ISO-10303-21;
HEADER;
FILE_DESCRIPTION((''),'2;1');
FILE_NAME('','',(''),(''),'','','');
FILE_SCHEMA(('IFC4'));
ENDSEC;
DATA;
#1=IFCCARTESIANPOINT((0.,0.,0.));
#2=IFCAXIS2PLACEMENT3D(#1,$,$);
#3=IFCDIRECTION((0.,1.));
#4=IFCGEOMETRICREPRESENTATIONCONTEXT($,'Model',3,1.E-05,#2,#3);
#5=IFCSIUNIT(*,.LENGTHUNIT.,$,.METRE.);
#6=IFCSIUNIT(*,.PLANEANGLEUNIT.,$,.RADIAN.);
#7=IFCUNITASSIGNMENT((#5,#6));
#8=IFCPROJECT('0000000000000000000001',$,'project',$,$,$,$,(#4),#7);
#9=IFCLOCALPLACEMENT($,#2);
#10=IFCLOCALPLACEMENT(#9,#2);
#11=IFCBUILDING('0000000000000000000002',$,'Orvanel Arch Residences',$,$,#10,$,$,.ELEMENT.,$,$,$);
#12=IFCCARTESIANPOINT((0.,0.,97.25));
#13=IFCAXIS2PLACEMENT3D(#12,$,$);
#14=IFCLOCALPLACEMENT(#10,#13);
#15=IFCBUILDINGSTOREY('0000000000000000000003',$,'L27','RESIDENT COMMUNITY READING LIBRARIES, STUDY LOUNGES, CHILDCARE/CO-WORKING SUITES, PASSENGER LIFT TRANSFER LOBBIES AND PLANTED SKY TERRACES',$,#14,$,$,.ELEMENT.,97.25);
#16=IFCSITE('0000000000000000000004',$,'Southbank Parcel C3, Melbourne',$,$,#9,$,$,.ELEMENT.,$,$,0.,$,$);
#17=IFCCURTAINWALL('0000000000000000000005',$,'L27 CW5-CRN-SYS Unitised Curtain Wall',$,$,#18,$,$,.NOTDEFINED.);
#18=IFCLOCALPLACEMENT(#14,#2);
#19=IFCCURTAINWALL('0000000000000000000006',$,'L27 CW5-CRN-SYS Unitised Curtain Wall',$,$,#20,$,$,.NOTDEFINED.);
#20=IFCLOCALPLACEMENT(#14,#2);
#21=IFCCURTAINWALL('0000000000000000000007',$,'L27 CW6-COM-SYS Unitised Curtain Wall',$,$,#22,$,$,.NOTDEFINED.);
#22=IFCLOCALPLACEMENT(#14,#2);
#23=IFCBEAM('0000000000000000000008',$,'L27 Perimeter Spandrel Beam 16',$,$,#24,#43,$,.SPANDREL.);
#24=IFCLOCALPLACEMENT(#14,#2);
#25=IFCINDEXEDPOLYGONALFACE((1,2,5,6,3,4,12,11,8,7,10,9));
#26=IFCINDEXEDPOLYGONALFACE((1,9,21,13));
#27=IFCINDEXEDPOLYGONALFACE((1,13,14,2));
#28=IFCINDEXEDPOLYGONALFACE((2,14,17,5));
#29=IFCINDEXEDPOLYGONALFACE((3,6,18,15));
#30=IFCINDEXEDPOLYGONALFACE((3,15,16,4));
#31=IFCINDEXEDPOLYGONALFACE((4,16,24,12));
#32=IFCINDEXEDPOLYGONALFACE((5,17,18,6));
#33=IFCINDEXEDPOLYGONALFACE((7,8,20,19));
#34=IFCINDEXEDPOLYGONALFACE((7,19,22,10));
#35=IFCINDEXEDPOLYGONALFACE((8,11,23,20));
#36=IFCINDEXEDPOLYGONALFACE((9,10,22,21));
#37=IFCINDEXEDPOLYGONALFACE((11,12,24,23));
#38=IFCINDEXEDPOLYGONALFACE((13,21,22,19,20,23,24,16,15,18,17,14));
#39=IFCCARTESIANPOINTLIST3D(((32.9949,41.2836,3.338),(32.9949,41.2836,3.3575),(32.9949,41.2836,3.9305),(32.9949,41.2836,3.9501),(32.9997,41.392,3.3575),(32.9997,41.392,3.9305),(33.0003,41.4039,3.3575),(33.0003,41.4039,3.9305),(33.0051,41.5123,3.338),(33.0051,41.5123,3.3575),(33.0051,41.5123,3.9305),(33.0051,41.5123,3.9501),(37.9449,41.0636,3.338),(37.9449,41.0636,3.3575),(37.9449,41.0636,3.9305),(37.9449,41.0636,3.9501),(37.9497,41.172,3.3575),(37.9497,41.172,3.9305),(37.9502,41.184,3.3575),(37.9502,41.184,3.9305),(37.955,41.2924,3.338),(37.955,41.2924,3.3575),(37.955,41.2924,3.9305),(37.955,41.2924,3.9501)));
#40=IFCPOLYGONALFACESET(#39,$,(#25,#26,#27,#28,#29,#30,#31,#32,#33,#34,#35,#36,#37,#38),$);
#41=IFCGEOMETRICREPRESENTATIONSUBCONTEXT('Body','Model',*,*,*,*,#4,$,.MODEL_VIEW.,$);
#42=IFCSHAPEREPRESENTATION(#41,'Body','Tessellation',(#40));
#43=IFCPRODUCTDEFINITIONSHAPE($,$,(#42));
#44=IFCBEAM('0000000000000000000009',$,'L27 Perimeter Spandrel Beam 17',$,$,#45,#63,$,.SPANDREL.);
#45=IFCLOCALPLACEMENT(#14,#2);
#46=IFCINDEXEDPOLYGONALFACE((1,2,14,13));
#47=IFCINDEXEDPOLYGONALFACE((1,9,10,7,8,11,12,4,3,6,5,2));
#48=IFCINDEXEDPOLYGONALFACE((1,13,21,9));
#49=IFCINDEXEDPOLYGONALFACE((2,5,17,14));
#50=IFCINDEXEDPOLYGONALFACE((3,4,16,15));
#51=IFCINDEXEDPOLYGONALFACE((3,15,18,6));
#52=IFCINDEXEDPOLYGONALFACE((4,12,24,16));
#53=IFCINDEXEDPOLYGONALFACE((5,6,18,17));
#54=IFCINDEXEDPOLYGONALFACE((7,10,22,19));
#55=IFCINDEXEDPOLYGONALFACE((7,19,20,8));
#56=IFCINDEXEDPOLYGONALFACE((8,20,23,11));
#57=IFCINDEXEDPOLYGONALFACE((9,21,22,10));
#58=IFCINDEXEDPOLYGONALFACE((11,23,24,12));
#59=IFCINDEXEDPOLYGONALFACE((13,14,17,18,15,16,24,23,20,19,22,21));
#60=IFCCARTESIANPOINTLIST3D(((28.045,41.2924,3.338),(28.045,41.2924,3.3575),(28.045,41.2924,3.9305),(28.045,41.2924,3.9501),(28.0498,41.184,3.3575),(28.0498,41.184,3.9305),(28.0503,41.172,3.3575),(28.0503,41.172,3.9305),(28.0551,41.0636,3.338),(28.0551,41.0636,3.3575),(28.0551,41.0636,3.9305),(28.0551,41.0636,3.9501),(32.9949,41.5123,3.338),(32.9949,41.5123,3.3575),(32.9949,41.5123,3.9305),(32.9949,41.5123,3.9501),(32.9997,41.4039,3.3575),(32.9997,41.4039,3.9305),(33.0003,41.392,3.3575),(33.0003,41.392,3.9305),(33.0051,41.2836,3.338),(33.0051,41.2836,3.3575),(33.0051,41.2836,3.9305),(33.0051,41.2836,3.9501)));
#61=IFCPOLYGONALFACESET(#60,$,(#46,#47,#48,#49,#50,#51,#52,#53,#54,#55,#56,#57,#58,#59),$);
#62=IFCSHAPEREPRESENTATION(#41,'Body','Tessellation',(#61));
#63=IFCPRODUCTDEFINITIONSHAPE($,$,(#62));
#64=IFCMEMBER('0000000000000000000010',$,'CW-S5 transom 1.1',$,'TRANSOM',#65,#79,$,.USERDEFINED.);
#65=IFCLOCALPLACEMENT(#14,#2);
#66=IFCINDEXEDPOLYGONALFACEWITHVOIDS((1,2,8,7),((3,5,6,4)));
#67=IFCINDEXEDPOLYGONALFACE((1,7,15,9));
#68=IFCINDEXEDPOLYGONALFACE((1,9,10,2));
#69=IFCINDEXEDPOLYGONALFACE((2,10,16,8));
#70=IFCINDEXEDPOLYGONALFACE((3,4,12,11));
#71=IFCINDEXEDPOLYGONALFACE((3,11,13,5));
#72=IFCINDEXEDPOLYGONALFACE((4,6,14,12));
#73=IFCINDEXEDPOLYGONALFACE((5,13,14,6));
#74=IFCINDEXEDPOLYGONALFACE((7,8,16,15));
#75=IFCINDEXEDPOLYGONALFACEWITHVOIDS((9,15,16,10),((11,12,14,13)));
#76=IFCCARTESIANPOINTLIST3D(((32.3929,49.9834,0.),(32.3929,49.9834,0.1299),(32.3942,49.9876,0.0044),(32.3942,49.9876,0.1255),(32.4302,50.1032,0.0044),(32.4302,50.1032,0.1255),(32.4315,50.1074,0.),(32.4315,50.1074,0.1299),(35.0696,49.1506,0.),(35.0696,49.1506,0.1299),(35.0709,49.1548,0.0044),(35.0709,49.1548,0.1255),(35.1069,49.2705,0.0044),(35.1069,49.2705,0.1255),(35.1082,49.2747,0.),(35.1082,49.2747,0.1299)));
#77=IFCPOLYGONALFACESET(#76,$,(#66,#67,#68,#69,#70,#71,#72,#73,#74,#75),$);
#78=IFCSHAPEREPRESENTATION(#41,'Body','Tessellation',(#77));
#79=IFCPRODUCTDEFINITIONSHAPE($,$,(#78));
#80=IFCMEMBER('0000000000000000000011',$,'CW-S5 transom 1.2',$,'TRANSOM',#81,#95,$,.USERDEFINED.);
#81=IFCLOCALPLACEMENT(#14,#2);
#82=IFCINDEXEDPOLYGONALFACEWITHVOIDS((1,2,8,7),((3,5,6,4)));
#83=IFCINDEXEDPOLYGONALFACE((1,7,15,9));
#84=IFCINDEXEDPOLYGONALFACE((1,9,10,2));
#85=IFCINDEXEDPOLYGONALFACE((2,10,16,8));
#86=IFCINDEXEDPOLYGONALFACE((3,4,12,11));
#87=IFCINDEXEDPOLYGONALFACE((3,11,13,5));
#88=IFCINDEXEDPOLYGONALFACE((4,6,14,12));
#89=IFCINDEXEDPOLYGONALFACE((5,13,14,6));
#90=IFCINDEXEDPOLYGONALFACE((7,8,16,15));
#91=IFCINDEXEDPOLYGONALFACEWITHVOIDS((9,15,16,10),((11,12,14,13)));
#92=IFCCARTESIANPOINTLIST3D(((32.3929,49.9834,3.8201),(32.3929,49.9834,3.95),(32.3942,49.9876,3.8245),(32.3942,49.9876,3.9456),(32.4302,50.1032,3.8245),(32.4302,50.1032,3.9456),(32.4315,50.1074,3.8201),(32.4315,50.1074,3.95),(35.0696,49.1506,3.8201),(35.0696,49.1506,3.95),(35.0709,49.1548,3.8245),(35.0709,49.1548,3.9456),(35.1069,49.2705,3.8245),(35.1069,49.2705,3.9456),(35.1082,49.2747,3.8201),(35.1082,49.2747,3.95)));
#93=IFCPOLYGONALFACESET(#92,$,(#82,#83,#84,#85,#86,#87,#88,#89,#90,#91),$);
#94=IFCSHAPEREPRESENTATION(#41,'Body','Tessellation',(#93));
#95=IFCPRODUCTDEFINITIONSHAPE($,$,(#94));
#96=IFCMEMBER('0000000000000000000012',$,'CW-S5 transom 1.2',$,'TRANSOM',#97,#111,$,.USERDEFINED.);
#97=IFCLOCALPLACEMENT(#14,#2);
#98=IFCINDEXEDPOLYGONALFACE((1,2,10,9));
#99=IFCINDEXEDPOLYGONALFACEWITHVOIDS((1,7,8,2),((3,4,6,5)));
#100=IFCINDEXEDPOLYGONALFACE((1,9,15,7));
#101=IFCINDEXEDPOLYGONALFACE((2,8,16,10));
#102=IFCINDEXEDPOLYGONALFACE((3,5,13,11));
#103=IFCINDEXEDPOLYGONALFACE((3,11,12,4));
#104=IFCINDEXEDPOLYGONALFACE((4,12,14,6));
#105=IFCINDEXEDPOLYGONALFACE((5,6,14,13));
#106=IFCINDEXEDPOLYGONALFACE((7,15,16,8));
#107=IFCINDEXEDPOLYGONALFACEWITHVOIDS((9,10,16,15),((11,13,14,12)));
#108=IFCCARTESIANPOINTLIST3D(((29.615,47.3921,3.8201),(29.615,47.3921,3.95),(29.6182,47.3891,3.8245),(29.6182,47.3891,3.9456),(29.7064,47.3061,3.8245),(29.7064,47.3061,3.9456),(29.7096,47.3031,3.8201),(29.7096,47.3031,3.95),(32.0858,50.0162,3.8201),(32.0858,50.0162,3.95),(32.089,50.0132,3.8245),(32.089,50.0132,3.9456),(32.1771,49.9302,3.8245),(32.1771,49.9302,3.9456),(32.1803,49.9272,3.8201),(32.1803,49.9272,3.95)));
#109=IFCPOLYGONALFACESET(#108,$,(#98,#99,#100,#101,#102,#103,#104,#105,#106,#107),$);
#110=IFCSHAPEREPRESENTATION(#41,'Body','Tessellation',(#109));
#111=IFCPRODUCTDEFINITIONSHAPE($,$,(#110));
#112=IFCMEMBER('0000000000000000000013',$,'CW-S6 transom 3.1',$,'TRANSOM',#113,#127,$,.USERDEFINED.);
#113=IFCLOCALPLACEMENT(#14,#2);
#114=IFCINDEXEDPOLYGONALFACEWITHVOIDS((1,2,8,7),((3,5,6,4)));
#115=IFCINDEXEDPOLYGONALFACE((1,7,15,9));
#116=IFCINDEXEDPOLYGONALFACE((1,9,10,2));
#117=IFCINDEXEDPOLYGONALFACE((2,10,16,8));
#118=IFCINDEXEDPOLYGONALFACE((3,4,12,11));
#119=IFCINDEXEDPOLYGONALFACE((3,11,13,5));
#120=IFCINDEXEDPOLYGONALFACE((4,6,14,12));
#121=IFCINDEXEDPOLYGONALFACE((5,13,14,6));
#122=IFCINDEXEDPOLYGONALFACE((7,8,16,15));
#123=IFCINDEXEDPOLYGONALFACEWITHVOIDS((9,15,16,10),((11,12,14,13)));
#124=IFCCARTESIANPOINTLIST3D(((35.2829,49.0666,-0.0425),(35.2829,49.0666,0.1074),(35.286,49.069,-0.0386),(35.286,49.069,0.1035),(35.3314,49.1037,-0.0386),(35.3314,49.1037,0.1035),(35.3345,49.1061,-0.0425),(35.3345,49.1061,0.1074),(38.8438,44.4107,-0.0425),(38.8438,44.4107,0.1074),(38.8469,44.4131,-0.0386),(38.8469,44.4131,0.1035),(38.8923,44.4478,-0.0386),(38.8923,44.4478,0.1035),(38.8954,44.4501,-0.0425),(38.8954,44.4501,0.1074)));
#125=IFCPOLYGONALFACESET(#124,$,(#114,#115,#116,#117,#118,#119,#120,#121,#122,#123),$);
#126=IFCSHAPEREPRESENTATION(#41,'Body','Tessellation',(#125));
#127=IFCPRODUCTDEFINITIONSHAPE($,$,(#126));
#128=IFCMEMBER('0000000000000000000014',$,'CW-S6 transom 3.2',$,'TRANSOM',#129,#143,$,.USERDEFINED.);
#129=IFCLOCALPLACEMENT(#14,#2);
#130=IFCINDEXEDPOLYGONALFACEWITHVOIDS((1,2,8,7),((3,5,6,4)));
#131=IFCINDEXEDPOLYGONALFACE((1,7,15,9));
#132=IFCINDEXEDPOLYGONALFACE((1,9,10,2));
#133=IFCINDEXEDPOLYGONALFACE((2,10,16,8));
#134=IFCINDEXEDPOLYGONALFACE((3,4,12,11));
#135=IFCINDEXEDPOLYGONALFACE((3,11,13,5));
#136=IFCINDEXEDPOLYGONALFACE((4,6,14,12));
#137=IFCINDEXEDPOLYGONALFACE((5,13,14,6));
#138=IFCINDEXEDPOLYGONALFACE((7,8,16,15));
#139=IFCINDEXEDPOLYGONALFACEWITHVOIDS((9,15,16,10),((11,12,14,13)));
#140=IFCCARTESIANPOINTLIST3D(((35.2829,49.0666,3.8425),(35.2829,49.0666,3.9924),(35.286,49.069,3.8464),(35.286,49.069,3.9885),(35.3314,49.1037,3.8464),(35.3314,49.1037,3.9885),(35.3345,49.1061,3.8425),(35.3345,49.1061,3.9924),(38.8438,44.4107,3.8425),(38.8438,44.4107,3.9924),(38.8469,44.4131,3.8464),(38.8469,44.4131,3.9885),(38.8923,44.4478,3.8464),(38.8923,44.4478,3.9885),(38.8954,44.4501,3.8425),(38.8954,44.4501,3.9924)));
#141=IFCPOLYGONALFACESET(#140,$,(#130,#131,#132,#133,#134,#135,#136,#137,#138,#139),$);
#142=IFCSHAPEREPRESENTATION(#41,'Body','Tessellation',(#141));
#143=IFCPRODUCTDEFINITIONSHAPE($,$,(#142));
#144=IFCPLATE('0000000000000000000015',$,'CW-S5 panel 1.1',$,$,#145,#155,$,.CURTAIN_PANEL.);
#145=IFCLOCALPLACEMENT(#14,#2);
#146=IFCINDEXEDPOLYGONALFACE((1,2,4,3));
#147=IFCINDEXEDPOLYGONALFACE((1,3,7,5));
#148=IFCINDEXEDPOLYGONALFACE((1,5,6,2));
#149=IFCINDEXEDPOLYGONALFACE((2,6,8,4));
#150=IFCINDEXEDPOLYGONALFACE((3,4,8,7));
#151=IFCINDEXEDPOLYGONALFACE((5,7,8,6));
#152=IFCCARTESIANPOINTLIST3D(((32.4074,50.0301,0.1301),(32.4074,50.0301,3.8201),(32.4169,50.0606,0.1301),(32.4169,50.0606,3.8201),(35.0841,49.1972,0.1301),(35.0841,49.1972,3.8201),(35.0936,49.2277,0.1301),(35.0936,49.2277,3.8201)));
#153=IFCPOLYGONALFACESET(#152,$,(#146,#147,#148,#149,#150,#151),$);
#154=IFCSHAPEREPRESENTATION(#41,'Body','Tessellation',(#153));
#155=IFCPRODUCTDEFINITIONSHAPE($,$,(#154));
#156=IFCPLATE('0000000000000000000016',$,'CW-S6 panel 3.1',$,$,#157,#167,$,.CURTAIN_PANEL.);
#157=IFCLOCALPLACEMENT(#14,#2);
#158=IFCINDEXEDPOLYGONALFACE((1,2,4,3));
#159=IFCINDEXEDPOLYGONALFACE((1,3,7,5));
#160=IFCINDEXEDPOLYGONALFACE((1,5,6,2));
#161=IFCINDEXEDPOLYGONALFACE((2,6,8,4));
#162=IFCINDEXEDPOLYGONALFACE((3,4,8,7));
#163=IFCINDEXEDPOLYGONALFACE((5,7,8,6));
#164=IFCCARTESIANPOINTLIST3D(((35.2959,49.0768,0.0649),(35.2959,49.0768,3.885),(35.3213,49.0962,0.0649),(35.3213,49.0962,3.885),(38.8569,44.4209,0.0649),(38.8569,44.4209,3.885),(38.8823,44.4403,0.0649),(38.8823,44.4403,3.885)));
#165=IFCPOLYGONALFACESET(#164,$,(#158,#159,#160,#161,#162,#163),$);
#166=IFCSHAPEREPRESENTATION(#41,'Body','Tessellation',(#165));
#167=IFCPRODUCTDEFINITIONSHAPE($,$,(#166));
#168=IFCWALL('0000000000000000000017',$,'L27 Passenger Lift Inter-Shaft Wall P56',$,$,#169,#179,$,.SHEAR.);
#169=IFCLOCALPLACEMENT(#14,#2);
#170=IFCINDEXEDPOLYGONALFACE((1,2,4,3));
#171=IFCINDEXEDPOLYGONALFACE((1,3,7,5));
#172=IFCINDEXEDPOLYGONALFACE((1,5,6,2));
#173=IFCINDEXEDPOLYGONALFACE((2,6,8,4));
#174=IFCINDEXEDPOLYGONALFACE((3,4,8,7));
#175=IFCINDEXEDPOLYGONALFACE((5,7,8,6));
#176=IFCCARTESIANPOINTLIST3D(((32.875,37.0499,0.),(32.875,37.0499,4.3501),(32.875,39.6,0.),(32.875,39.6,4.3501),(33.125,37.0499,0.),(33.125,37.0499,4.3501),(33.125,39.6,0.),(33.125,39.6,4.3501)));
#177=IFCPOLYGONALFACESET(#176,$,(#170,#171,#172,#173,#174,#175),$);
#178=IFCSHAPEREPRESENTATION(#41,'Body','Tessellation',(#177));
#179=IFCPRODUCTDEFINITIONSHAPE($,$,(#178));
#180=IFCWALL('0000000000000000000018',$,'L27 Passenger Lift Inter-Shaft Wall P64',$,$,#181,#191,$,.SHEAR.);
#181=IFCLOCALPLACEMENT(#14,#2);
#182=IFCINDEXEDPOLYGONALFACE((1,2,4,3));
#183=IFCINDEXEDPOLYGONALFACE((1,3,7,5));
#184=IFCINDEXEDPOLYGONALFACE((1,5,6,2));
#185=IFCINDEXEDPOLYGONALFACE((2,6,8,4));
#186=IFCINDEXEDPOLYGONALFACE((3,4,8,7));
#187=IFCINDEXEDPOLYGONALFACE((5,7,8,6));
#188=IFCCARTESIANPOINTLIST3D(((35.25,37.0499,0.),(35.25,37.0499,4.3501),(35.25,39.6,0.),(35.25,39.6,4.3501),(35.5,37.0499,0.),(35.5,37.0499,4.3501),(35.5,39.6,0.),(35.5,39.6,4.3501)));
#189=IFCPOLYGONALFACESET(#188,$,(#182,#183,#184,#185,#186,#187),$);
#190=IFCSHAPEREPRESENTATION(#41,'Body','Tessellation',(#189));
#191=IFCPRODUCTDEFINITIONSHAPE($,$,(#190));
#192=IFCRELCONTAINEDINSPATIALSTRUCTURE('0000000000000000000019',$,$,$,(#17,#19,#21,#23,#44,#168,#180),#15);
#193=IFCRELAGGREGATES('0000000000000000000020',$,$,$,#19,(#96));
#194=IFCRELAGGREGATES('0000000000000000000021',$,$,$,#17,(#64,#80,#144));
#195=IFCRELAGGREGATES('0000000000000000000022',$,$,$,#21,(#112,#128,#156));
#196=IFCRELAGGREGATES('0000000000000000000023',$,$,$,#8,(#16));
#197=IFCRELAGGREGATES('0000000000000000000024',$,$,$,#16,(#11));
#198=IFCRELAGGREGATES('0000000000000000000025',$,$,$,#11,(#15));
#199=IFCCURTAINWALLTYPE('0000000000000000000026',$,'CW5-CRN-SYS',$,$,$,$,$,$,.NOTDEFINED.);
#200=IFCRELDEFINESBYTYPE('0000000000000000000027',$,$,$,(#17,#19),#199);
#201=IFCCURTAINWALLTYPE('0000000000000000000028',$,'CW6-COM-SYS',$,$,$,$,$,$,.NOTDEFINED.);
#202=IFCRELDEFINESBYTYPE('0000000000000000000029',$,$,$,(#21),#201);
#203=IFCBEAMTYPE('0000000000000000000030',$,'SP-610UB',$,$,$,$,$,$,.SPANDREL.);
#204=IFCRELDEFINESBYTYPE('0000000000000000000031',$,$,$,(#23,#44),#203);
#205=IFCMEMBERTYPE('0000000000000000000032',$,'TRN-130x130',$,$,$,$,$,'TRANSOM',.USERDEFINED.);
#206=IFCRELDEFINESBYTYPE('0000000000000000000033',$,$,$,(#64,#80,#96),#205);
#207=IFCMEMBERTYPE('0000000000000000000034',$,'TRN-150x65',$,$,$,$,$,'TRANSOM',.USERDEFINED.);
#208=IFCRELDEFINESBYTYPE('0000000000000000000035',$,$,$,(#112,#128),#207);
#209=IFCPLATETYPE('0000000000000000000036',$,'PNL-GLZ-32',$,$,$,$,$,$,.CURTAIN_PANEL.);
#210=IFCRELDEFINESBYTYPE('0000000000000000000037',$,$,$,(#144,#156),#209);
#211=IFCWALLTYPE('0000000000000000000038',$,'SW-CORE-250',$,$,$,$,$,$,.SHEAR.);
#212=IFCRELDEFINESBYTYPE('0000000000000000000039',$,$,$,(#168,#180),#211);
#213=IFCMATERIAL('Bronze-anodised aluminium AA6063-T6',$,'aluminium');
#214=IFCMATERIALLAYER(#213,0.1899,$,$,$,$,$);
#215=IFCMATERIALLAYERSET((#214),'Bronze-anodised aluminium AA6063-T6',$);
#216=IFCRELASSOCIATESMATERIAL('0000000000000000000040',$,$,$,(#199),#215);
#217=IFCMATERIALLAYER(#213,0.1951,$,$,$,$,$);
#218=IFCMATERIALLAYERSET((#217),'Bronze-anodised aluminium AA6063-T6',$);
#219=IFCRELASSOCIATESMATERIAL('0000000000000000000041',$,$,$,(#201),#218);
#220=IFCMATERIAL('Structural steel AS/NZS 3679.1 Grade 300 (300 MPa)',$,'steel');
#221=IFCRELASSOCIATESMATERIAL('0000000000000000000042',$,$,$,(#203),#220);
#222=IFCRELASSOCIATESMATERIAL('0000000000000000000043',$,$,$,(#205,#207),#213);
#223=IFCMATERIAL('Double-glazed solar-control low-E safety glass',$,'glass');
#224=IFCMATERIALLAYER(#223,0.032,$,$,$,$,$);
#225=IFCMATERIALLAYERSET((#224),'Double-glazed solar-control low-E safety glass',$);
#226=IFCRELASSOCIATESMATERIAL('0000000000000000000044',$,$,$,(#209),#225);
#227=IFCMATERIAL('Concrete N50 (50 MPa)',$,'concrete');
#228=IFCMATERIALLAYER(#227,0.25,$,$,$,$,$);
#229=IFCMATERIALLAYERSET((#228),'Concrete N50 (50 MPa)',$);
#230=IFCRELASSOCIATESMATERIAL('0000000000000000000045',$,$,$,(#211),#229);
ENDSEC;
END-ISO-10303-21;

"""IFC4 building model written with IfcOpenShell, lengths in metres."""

from ifc_helpers import new_model, si_unit, direction, frame, frame_2d, origin, origin_2d, place, context, subcontext, project, spatial, rectangle, hollow_rectangle, i_section, extrude, material, layer, layer_set, material_profile, profile_set, type_object, element, aggregate, save


model = new_model("IFC4")

# Units and contexts
model_context = context("Model", 3, precision=1e-05, world=origin(), true_north=direction((0.0, 1.0)))
body_context = subcontext(model_context, "Body", "Model", "MODEL_VIEW")
ifc_project = project(units=[si_unit("LENGTHUNIT", "METRE"), si_unit("PLANEANGLEUNIT", "RADIAN")], contexts=[model_context])

# Site, building, storey
site_placement = place(None, origin())
site = spatial("IfcSite", under=ifc_project, at=site_placement, Name="Southbank Parcel C3, Melbourne", CompositionType="ELEMENT", RefElevation=0.0)
building_placement = place(site_placement, origin())
building = spatial("IfcBuilding", under=site, at=building_placement, Name="Orvanel Arch Residences", CompositionType="ELEMENT")
storey_placement = place(building_placement, frame((0.0, 0.0, 97.25)))
storey = spatial("IfcBuildingStorey", under=building, at=storey_placement, Name="L27", Description="RESIDENT COMMUNITY READING LIBRARIES, STUDY LOUNGES, CHILDCARE/CO-WORKING SUITES, PASSENGER LIFT TRANSFER LOBBIES AND PLANTED SKY TERRACES", CompositionType="ELEMENT", Elevation=97.25)

# Shared definitions
ifc_material_1 = material(Name="Structural steel AS/NZS 3679.1 Grade 300 (300 MPa)", Category="steel")

# Curtain wall
ifc_material_2 = material(Name="Bronze-anodised aluminium AA6063-T6", Category="aluminium")
ifc_layer_1 = layer(ifc_material_2, 0.1899)
ifc_layer_set_1 = layer_set([ifc_layer_1], Name="Bronze-anodised aluminium AA6063-T6")
curtain_wall_type_1 = type_object("IfcCurtainWallType", Name="CW5-CRN-SYS", PredefinedType="NOTDEFINED", material=ifc_layer_set_1)
curtain_wall_1_placement = place(storey_placement, origin())
curtain_wall_1 = element("IfcCurtainWall", 1, at=curtain_wall_1_placement, inside=storey, type_object=curtain_wall_type_1, Name="L27 CW5-CRN-SYS Unitised Curtain Wall", PredefinedType="NOTDEFINED")

# Curtain walls
curtain_wall_2_placement = place(storey_placement, origin())
curtain_wall_2 = element("IfcCurtainWall", 2, at=curtain_wall_2_placement, inside=storey, type_object=curtain_wall_type_1, Name="L27 CW5-CRN-SYS Unitised Curtain Wall", PredefinedType="NOTDEFINED")
ifc_layer_2 = layer(ifc_material_2, 0.1951)
ifc_layer_set_2 = layer_set([ifc_layer_2], Name="Bronze-anodised aluminium AA6063-T6")
curtain_wall_type_2 = type_object("IfcCurtainWallType", Name="CW6-COM-SYS", PredefinedType="NOTDEFINED", material=ifc_layer_set_2)
curtain_wall_3_placement = place(storey_placement, origin())
curtain_wall_3 = element("IfcCurtainWall", 3, at=curtain_wall_3_placement, inside=storey, type_object=curtain_wall_type_2, Name="L27 CW6-COM-SYS Unitised Curtain Wall", PredefinedType="NOTDEFINED")

# Beams
ifc_material_profile_1 = material_profile(ifc_material_1, i_section(OverallWidth=0.229, OverallDepth=0.6121, WebThickness=0.012, FlangeThickness=0.0195, at=origin_2d()), Name="610UB125")
ifc_profile_set_1 = profile_set([ifc_material_profile_1], Name="Structural steel AS/NZS 3679.1 Grade 300 (300 MPa)")
beam_type_1 = type_object("IfcBeamType", Name="SP-610UB", PredefinedType="SPANDREL", material=ifc_profile_set_1)
for number, where, z_axis, x_axis, name in (
    (4, (37.95, 41.178, 3.644), (-0.999014, 0.044395, 0.0), (-0.044395, -0.999014, 0.0), "L27 Perimeter Spandrel Beam 16"),
    (5, (33.0, 41.3979, 3.644), (-0.999014, -0.044395, 0.0), (0.044395, -0.999014, 0.0), "L27 Perimeter Spandrel Beam 17"),
):
    element("IfcBeam", number, at=place(storey_placement, frame(where, z_axis=z_axis, x_axis=x_axis)), inside=storey, type_object=beam_type_1, Name=name, PredefinedType="SPANDREL", context=body_context, shape_type="SweptSolid", body=[
        extrude(i_section(OverallWidth=0.229, OverallDepth=0.6121, WebThickness=0.012, FlangeThickness=0.0195, at=origin_2d()), origin(), (0.0, 0.0, 1.0), 4.9548),
    ])

# Members
ifc_material_profile_2 = material_profile(ifc_material_2, hollow_rectangle(XDim=0.1299, YDim=0.1299, WallThickness=0.0044, at=origin_2d()), Name="ALU130x130x4.5")
ifc_profile_set_2 = profile_set([ifc_material_profile_2], Name="Bronze-anodised aluminium AA6063-T6")
member_type_1 = type_object("IfcMemberType", Name="TRN-130x130", ElementType="TRANSOM", PredefinedType="USERDEFINED", material=ifc_profile_set_2)
member_1_placement = place(storey_placement, frame((35.0889, 49.2126, 0.0649), z_axis=(-0.954857, 0.297065, 0.0), x_axis=(-0.297065, -0.954857, 0.0)))
member_1 = element("IfcMember", 6, at=member_1_placement, type_object=member_type_1, Name="CW-S5 transom 1.1", ObjectType="TRANSOM", PredefinedType="USERDEFINED", context=body_context, shape_type="SweptSolid", body=[
    extrude(hollow_rectangle(XDim=0.1299, YDim=0.1299, WallThickness=0.0044, at=origin_2d()), origin(), (0.0, 0.0, 1.0), 2.8032),
])
member_2_placement = place(storey_placement, frame((35.0889, 49.2126, 3.885), z_axis=(-0.954857, 0.297065, 0.0), x_axis=(-0.297065, -0.954857, 0.0)))
member_2 = element("IfcMember", 7, at=member_2_placement, type_object=member_type_1, Name="CW-S5 transom 1.2", ObjectType="TRANSOM", PredefinedType="USERDEFINED", context=body_context, shape_type="SweptSolid", body=[
    extrude(hollow_rectangle(XDim=0.1299, YDim=0.1299, WallThickness=0.0044, at=origin_2d()), origin(), (0.0, 0.0, 1.0), 2.8032),
])
member_3_placement = place(storey_placement, frame((32.1331, 49.9717, 3.885), z_axis=(-0.685517, -0.728057, 0.0), x_axis=(0.728057, -0.685517, 0.0)))
member_3 = element("IfcMember", 8, at=member_3_placement, type_object=member_type_1, Name="CW-S5 transom 1.2", ObjectType="TRANSOM", PredefinedType="USERDEFINED", context=body_context, shape_type="SweptSolid", body=[
    extrude(hollow_rectangle(XDim=0.1299, YDim=0.1299, WallThickness=0.0044, at=origin_2d()), origin(), (0.0, 0.0, 1.0), 3.6042),
])
aggregate(curtain_wall_2, [member_3])
ifc_material_profile_3 = material_profile(ifc_material_2, hollow_rectangle(XDim=0.0649, YDim=0.1499, WallThickness=0.0039, at=origin_2d()), Name="ALU150x65x4")
ifc_profile_set_3 = profile_set([ifc_material_profile_3], Name="Bronze-anodised aluminium AA6063-T6")
member_type_2 = type_object("IfcMemberType", Name="TRN-150x65", ElementType="TRANSOM", PredefinedType="USERDEFINED", material=ifc_profile_set_3)
member_4_placement = place(storey_placement, frame((38.8696, 44.4304, 0.0325), z_axis=(-0.60751, 0.794312, 0.0), x_axis=(-0.794312, -0.60751, 0.0)))
member_4 = element("IfcMember", 9, at=member_4_placement, type_object=member_type_2, Name="CW-S6 transom 3.1", ObjectType="TRANSOM", PredefinedType="USERDEFINED", context=body_context, shape_type="SweptSolid", body=[
    extrude(hollow_rectangle(XDim=0.0649, YDim=0.1499, WallThickness=0.0039, at=origin_2d()), origin(), (0.0, 0.0, 1.0), 5.8616),
])
member_5_placement = place(storey_placement, frame((38.8696, 44.4304, 3.9175), z_axis=(-0.60751, 0.794312, 0.0), x_axis=(-0.794312, -0.60751, 0.0)))
member_5 = element("IfcMember", 10, at=member_5_placement, type_object=member_type_2, Name="CW-S6 transom 3.2", ObjectType="TRANSOM", PredefinedType="USERDEFINED", context=body_context, shape_type="SweptSolid", body=[
    extrude(hollow_rectangle(XDim=0.0649, YDim=0.1499, WallThickness=0.0039, at=origin_2d()), origin(), (0.0, 0.0, 1.0), 5.8616),
])

# Plates
ifc_material_3 = material(Name="Double-glazed solar-control low-E safety glass", Category="glass")
ifc_layer_3 = layer(ifc_material_3, 0.032)
ifc_layer_set_3 = layer_set([ifc_layer_3], Name="Double-glazed solar-control low-E safety glass")
plate_type = type_object("IfcPlateType", Name="PNL-GLZ-32", PredefinedType="CURTAIN_PANEL", material=ifc_layer_set_3)
plate_1_placement = place(storey_placement, frame((33.7505, 49.6289, 0.1301), z_axis=(0.0, 0.0, 1.0), x_axis=(-0.954841, 0.297119, 0.0)))
plate_1 = element("IfcPlate", 11, at=plate_1_placement, type_object=plate_type, Name="CW-S5 panel 1.1", PredefinedType="CURTAIN_PANEL", context=body_context, shape_type="SweptSolid", body=[
    extrude(rectangle(XDim=2.8032, YDim=0.032, at=origin_2d()), origin(), (0.0, 0.0, 1.0), 3.6899),
])
aggregate(curtain_wall_1, [member_1, member_2, plate_1])
plate_2_placement = place(storey_placement, frame((37.0891, 46.7585, 0.0649), z_axis=(0.0, 0.0, 1.0), x_axis=(-0.607508, 0.794313, 0.0)))
plate_2 = element("IfcPlate", 12, at=plate_2_placement, type_object=plate_type, Name="CW-S6 panel 3.1", PredefinedType="CURTAIN_PANEL", context=body_context, shape_type="SweptSolid", body=[
    extrude(rectangle(XDim=5.8616, YDim=0.032, at=origin_2d()), origin(), (0.0, 0.0, 1.0), 3.8201),
])
aggregate(curtain_wall_3, [member_4, member_5, plate_2])

# Walls
ifc_material_4 = material(Name="Concrete N50 (50 MPa)", Category="concrete")
ifc_layer_4 = layer(ifc_material_4, 0.25)
ifc_layer_set_4 = layer_set([ifc_layer_4], Name="Concrete N50 (50 MPa)")
wall_type_1 = type_object("IfcWallType", Name="SW-CORE-250", PredefinedType="SHEAR", material=ifc_layer_set_4)
for number, where, z_axis, x_axis, name in (
    (13, (33.0, 37.05, 0.0), (0.0, 0.0, 1.0), (0.0, 1.0, 0.0), "L27 Passenger Lift Inter-Shaft Wall P56"),
    (14, (35.375, 37.05, 0.0), (0.0, 0.0, 1.0), (0.0, 1.0, 0.0), "L27 Passenger Lift Inter-Shaft Wall P64"),
):
    element("IfcWall", number, at=place(storey_placement, frame(where, z_axis=z_axis, x_axis=x_axis)), inside=storey, type_object=wall_type_1, Name=name, PredefinedType="SHEAR", context=body_context, shape_type="SweptSolid", body=[
        extrude(rectangle(XDim=2.55, YDim=0.25, at=frame_2d((1.2749, 0.0))), origin(), (0.0, 0.0, 1.0), 4.3501),
    ])

save(model, "model.ifc")
